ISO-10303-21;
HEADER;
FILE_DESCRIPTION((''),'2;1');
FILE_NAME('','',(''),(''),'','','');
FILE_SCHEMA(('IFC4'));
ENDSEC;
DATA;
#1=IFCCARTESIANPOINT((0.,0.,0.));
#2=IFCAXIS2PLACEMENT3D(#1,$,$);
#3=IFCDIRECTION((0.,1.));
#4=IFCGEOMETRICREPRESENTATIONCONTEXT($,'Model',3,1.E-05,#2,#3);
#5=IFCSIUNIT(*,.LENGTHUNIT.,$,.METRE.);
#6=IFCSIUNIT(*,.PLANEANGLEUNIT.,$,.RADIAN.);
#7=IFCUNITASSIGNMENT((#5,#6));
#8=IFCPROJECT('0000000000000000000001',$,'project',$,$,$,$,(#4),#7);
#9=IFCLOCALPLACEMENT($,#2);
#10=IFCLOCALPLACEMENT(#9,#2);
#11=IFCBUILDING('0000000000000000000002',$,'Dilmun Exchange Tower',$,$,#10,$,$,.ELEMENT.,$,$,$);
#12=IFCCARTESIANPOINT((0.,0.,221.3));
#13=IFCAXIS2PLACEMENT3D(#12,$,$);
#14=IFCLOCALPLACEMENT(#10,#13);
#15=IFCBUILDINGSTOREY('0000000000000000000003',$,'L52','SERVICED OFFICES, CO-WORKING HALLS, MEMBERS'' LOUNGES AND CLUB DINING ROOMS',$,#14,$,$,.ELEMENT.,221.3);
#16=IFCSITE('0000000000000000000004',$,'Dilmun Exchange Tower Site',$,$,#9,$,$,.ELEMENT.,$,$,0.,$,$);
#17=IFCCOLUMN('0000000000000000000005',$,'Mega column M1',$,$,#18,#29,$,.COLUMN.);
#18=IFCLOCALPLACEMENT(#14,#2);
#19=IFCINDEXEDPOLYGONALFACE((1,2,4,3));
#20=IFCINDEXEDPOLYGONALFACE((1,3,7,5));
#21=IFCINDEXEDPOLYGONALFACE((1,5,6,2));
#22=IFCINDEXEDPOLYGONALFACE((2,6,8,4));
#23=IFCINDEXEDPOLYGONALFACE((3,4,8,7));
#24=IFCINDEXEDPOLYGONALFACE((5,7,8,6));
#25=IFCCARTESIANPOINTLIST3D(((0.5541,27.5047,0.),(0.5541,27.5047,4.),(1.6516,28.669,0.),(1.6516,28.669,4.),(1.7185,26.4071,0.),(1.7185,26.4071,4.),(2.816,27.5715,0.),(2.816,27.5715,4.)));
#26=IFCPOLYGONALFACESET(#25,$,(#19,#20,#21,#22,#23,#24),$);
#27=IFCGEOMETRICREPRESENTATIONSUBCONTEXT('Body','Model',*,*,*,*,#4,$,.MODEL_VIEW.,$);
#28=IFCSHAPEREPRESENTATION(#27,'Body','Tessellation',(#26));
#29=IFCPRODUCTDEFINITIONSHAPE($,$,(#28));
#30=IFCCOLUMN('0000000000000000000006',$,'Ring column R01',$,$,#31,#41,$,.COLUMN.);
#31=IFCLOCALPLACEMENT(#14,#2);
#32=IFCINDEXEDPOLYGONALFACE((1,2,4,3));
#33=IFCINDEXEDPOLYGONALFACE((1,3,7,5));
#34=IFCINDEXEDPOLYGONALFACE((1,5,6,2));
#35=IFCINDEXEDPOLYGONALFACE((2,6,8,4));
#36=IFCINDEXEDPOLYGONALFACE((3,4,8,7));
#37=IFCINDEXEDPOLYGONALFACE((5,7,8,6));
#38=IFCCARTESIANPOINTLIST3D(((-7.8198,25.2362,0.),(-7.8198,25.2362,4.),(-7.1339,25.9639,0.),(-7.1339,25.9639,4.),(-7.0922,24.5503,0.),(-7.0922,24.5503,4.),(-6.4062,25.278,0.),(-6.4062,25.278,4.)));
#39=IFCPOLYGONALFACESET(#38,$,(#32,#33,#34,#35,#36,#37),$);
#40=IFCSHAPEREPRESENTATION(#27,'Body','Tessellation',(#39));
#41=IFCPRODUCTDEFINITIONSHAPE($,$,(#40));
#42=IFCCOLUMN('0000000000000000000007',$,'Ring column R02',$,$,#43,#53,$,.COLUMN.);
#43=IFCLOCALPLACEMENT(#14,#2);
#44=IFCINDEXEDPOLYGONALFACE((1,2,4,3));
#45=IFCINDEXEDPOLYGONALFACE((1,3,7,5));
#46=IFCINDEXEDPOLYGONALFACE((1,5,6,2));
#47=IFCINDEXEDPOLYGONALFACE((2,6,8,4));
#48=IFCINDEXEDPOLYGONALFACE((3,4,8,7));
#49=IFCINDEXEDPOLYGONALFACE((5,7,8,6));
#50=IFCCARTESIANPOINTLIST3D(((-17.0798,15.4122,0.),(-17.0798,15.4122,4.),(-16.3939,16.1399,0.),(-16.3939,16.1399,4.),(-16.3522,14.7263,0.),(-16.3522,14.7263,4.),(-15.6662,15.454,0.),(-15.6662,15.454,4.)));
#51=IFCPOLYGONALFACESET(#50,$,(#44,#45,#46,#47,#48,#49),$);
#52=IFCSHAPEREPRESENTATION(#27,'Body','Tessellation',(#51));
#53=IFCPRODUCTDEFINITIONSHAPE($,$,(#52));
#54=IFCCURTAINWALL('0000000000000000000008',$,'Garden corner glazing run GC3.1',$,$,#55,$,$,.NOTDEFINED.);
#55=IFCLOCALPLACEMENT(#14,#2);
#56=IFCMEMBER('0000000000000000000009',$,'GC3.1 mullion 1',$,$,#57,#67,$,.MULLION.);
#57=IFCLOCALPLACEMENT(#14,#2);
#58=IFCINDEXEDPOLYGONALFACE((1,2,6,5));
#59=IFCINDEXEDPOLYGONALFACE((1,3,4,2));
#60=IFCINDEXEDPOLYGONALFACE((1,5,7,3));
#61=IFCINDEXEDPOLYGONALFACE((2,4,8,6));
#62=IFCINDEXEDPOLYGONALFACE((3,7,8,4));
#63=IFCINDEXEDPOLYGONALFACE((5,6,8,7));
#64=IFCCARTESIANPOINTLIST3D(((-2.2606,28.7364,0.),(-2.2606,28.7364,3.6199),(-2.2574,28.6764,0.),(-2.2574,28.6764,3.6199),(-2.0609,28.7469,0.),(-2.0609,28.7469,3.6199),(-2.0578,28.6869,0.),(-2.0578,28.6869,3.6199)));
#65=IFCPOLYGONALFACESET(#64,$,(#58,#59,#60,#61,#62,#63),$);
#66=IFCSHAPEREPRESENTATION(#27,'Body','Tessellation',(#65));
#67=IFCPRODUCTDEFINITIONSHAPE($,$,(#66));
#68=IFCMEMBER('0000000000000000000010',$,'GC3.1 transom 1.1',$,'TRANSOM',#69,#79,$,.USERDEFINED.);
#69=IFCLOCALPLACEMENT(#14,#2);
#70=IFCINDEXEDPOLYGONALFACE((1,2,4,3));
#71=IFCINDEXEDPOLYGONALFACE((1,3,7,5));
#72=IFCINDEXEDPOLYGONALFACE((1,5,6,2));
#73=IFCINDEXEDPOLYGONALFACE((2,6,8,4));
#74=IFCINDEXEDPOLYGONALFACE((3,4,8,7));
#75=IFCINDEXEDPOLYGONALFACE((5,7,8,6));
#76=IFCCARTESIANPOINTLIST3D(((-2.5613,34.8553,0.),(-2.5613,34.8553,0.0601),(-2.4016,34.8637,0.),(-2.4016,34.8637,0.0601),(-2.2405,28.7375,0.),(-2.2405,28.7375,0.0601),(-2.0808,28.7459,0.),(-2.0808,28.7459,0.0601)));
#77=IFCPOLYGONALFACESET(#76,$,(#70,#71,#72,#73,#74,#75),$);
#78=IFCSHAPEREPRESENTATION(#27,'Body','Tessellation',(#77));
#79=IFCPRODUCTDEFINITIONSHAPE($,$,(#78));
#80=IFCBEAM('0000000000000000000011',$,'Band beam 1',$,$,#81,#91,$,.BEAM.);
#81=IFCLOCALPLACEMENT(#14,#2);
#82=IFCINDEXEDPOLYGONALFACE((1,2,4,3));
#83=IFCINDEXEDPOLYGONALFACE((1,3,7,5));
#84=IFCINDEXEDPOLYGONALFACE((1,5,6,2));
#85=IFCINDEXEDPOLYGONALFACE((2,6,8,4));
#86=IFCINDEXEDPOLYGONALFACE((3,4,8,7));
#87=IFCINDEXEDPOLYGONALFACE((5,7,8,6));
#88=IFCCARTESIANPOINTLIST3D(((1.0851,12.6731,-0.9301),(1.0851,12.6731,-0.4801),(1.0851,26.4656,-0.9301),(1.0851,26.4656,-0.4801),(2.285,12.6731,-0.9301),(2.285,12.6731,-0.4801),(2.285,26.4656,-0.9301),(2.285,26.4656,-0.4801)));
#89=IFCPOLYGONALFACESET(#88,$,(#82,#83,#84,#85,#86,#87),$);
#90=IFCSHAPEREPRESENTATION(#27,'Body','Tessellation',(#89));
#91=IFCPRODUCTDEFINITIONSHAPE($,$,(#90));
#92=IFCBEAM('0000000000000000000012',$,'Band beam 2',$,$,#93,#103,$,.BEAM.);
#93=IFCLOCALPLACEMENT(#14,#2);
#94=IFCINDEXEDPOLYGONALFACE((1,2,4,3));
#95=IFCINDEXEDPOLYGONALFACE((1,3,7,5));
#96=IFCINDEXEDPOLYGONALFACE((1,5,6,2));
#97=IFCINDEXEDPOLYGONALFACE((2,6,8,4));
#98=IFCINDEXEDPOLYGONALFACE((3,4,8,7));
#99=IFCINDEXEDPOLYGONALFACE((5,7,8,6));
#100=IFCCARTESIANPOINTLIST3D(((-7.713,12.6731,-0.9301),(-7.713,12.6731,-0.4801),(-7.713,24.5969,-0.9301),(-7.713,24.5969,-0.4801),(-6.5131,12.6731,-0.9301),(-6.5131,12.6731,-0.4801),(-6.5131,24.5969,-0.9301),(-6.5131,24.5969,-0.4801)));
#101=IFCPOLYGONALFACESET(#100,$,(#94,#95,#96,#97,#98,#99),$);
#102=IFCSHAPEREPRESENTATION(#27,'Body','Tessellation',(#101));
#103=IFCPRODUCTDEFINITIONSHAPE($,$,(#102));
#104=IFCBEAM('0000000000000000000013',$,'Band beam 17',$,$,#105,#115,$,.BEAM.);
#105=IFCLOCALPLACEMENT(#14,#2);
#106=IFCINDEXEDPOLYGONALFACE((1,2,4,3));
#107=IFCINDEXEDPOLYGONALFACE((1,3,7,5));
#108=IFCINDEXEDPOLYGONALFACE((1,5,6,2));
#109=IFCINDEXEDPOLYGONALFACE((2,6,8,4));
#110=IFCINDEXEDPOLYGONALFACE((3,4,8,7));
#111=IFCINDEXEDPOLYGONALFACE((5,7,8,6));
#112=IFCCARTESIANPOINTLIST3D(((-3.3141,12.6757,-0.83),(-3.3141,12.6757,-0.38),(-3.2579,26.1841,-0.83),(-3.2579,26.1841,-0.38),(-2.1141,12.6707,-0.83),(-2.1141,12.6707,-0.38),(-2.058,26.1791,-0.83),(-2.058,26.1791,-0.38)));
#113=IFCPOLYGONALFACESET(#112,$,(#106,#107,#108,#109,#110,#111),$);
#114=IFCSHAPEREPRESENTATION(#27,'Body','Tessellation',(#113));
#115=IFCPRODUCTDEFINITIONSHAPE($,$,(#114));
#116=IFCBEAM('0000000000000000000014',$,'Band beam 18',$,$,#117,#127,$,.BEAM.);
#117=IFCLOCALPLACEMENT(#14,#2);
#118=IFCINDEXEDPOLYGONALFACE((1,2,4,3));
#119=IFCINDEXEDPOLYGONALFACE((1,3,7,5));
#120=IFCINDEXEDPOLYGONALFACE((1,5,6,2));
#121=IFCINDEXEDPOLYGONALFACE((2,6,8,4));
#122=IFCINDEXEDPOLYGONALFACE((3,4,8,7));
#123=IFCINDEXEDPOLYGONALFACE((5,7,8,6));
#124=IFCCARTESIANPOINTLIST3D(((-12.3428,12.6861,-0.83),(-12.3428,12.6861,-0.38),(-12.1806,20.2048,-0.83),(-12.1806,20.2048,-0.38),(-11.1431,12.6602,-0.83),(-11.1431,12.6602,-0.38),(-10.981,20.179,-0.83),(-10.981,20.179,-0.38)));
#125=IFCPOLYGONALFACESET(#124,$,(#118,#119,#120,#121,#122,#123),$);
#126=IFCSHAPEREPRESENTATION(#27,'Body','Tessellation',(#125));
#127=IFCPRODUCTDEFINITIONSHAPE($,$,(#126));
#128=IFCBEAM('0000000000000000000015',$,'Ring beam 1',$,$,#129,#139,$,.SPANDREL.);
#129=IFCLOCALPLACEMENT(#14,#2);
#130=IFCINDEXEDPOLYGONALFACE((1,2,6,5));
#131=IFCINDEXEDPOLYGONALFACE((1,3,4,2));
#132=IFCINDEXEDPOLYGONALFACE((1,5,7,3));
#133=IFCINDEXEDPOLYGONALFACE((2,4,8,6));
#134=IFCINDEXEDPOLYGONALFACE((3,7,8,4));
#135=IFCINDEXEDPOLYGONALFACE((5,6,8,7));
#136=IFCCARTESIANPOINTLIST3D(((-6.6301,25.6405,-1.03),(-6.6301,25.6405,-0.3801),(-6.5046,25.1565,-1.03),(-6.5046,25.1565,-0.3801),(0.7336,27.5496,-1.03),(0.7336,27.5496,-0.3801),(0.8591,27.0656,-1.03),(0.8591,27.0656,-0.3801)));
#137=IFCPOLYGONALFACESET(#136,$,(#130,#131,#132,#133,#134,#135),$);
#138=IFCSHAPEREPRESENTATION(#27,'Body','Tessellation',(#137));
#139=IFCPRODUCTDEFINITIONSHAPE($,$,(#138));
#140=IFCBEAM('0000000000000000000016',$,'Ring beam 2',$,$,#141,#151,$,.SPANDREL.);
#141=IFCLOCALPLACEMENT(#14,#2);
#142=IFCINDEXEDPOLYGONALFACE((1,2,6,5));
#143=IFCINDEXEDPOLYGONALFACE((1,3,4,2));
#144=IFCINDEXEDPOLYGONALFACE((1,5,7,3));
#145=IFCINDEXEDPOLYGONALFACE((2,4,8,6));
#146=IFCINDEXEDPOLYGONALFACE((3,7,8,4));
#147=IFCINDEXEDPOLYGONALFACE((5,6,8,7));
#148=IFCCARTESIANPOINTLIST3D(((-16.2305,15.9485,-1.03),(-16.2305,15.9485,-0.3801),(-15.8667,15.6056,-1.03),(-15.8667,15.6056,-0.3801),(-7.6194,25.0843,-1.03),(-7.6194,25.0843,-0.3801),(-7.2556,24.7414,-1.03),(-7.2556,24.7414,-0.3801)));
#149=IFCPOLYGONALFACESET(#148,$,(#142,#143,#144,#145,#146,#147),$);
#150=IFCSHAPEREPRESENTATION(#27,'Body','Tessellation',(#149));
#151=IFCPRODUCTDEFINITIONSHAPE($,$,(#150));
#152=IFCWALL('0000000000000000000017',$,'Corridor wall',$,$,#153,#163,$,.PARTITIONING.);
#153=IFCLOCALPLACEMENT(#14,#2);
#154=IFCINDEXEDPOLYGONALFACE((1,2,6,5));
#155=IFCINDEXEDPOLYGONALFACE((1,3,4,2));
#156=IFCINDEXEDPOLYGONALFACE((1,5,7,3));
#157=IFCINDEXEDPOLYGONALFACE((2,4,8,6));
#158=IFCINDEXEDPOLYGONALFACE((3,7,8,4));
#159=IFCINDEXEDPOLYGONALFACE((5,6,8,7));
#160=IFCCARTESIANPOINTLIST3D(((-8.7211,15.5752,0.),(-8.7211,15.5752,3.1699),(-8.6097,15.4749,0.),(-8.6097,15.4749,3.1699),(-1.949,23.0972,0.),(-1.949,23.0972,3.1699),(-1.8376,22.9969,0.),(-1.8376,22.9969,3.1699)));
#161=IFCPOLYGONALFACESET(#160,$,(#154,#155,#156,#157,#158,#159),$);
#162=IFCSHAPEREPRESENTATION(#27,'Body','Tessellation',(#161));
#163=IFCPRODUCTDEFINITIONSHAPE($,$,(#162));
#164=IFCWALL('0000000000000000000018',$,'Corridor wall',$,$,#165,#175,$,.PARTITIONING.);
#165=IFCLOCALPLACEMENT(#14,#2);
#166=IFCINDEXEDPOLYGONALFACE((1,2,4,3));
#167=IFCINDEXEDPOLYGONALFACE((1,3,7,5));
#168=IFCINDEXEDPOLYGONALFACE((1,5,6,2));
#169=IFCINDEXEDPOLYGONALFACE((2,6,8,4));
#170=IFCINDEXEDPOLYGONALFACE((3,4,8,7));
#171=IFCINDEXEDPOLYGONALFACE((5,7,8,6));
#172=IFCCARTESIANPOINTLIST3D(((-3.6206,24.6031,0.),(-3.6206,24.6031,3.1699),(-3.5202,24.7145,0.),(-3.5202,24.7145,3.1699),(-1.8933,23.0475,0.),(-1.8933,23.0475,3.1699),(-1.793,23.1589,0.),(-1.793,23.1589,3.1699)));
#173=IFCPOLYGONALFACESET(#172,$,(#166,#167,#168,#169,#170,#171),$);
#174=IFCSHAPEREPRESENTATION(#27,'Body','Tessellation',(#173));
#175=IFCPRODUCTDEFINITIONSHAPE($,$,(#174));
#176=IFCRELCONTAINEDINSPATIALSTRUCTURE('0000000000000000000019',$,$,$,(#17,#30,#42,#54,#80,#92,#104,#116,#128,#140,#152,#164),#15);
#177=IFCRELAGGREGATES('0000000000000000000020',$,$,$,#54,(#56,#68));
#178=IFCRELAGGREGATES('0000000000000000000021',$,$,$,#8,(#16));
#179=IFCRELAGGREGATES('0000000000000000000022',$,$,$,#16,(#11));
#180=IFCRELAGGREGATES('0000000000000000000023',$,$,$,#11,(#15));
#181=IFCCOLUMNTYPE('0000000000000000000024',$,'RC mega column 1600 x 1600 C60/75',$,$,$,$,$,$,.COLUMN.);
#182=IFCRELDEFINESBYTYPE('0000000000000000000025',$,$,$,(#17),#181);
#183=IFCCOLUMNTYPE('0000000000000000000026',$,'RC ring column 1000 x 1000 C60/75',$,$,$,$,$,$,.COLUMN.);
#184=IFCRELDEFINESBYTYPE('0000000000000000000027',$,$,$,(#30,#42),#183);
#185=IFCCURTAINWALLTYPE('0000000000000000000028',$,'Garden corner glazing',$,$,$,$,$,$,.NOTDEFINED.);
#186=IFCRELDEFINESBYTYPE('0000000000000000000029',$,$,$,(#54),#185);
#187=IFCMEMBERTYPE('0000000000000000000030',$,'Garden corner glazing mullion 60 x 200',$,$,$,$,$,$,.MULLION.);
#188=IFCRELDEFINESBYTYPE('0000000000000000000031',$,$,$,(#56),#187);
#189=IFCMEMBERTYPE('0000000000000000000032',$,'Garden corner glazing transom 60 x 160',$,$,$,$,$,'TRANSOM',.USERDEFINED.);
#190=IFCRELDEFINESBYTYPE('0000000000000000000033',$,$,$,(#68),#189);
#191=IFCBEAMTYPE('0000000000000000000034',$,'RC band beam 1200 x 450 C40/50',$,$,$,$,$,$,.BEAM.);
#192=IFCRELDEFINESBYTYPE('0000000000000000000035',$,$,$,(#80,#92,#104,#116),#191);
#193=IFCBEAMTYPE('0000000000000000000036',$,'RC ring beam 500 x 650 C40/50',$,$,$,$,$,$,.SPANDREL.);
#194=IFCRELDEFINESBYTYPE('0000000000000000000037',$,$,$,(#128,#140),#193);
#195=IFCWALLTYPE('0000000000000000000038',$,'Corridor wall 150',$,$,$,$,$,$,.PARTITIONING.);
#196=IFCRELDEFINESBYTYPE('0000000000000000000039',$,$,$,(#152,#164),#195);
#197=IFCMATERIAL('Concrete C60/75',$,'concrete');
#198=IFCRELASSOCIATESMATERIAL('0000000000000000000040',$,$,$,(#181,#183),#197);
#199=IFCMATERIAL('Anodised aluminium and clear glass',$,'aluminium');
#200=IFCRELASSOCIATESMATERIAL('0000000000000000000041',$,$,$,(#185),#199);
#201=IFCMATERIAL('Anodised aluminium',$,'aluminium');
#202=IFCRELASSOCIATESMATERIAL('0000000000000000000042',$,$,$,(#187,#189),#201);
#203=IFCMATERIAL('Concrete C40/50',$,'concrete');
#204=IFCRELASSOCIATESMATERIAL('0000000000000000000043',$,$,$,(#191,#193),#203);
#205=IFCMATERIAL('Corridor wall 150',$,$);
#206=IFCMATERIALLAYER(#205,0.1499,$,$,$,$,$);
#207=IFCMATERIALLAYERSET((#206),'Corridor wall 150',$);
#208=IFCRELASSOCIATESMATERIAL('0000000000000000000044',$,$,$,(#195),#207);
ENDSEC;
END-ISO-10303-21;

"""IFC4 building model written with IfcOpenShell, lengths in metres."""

from ifc_helpers import new_model, si_unit, direction, frame, frame_2d, origin, origin_2d, place, context, subcontext, project, spatial, rectangle, extrude, material, layer, layer_set, material_profile, profile_set, type_object, element, aggregate, save


model = new_model("IFC4")

# Units and contexts
model_context = context("Model", 3, precision=1e-05, world=origin(), true_north=direction((0.0, 1.0)))
body_context = subcontext(model_context, "Body", "Model", "MODEL_VIEW")
ifc_project = project(units=[si_unit("LENGTHUNIT", "METRE"), si_unit("PLANEANGLEUNIT", "RADIAN")], contexts=[model_context])

# Site, building, storey
site_placement = place(None, origin())
site = spatial("IfcSite", under=ifc_project, at=site_placement, Name="Dilmun Exchange Tower Site", CompositionType="ELEMENT", RefElevation=0.0)
building_placement = place(site_placement, origin())
building = spatial("IfcBuilding", under=site, at=building_placement, Name="Dilmun Exchange Tower", CompositionType="ELEMENT")
storey_placement = place(building_placement, frame((0.0, 0.0, 221.3)))
storey = spatial("IfcBuildingStorey", under=building, at=storey_placement, Name="L52", Description="SERVICED OFFICES, CO-WORKING HALLS, MEMBERS' LOUNGES AND CLUB DINING ROOMS", CompositionType="ELEMENT", Elevation=221.3)

# Columns
ifc_material_1 = material(Name="Concrete C60/75", Category="concrete")
ifc_material_profile_1 = material_profile(ifc_material_1, rectangle(XDim=1.6001, YDim=1.6001, at=origin_2d()), Name="1600 x 1600")
ifc_profile_set_1 = profile_set([ifc_material_profile_1], Name="Concrete C60/75")
column_type_1 = type_object("IfcColumnType", Name="RC mega column 1600 x 1600 C60/75", PredefinedType="COLUMN", material=ifc_profile_set_1)
column_placement = place(storey_placement, frame((1.6851, 27.5381, 0.0), z_axis=(0.0, 0.0, 1.0), x_axis=(0.685916, 0.727681, 0.0)))
element("IfcColumn", 1, at=column_placement, inside=storey, type_object=column_type_1, Name="Mega column M1", PredefinedType="COLUMN", context=body_context, shape_type="SweptSolid", body=[
    extrude(rectangle(XDim=1.6001, YDim=1.6001, at=origin_2d()), origin(), (0.0, 0.0, 1.0), 4.0),
])
ifc_material_profile_2 = material_profile(ifc_material_1, rectangle(XDim=1.0, YDim=1.0, at=origin_2d()), Name="1000 x 1000")
ifc_profile_set_2 = profile_set([ifc_material_profile_2], Name="Concrete C60/75")
column_type_2 = type_object("IfcColumnType", Name="RC ring column 1000 x 1000 C60/75", PredefinedType="COLUMN", material=ifc_profile_set_2)
for number, where, z_axis, x_axis, name in (
    (2, (-7.113, 25.2571, 0.0), (0.0, 0.0, 1.0), (0.685916, 0.727681, 0.0), "Ring column R01"),
    (3, (-16.373, 15.4331, 0.0), (0.0, 0.0, 1.0), (0.685916, 0.727681, 0.0), "Ring column R02"),
):
    element("IfcColumn", number, at=place(storey_placement, frame(where, z_axis=z_axis, x_axis=x_axis)), inside=storey, type_object=column_type_2, Name=name, PredefinedType="COLUMN", context=body_context, shape_type="SweptSolid", body=[
        extrude(rectangle(XDim=1.0, YDim=1.0, at=origin_2d()), origin(), (0.0, 0.0, 1.0), 4.0),
    ])

# Curtain wall, members
ifc_material_2 = material(Name="Anodised aluminium and clear glass", Category="aluminium")
curtain_wall_type = type_object("IfcCurtainWallType", Name="Garden corner glazing", PredefinedType="NOTDEFINED", material=ifc_material_2)
curtain_wall_placement = place(storey_placement, origin())
curtain_wall = element("IfcCurtainWall", 4, at=curtain_wall_placement, inside=storey, type_object=curtain_wall_type, Name="Garden corner glazing run GC3.1", PredefinedType="NOTDEFINED")
ifc_material_3 = material(Name="Anodised aluminium", Category="aluminium")
ifc_material_profile_3 = material_profile(ifc_material_3, rectangle(XDim=0.2, YDim=0.0601, at=origin_2d()), Name="AL 60x200")
ifc_profile_set_3 = profile_set([ifc_material_profile_3], Name="Anodised aluminium")
member_type_1 = type_object("IfcMemberType", Name="Garden corner glazing mullion 60 x 200", PredefinedType="MULLION", material=ifc_profile_set_3)
member_1_placement = place(storey_placement, frame((-2.1592, 28.7117, 0.0), z_axis=(0.0, 0.0, 1.0), x_axis=(-0.99863, -0.052334, 0.0)))
member_1 = element("IfcMember", 5, at=member_1_placement, type_object=member_type_1, Name="GC3.1 mullion 1", PredefinedType="MULLION", context=body_context, shape_type="SweptSolid", body=[
    extrude(rectangle(XDim=0.2, YDim=0.0601, at=origin_2d()), origin(), (0.0, 0.0, 1.0), 3.6199),
])
ifc_material_profile_4 = material_profile(ifc_material_3, rectangle(XDim=0.1599, YDim=0.0601, at=origin_2d()), Name="AL 60x160")
ifc_profile_set_4 = profile_set([ifc_material_profile_4], Name="Anodised aluminium")
member_type_2 = type_object("IfcMemberType", Name="Garden corner glazing transom 60 x 160", ElementType="TRANSOM", PredefinedType="USERDEFINED", material=ifc_profile_set_4)
member_2_placement = place(storey_placement, frame((-2.1606, 28.7417, 0.03), z_axis=(-0.052364, 0.998628, 0.0), x_axis=(-0.998628, -0.052364, 0.0)))
member_2 = element("IfcMember", 6, at=member_2_placement, type_object=member_type_2, Name="GC3.1 transom 1.1", ObjectType="TRANSOM", PredefinedType="USERDEFINED", context=body_context, shape_type="SweptSolid", body=[
    extrude(rectangle(XDim=0.1599, YDim=0.0601, at=origin_2d()), origin(), (0.0, 0.0, 1.0), 6.1262),
])
aggregate(curtain_wall, [member_1, member_2])

# Beams
ifc_material_4 = material(Name="Concrete C40/50", Category="concrete")
ifc_material_profile_5 = material_profile(ifc_material_4, rectangle(XDim=1.2, YDim=0.45, at=origin_2d()), Name="1200 x 450")
ifc_profile_set_5 = profile_set([ifc_material_profile_5], Name="Concrete C40/50")
beam_type_1 = type_object("IfcBeamType", Name="RC band beam 1200 x 450 C40/50", PredefinedType="BEAM", material=ifc_profile_set_5)
beam_1_placement = place(storey_placement, frame((1.6851, 26.4656, -0.7051), z_axis=(0.0, -1.0, 0.0), x_axis=(1.0, 0.0, 0.0)))
element("IfcBeam", 7, at=beam_1_placement, inside=storey, type_object=beam_type_1, Name="Band beam 1", PredefinedType="BEAM", context=body_context, shape_type="SweptSolid", body=[
    extrude(rectangle(XDim=1.2, YDim=0.45, at=origin_2d()), origin(), (0.0, 0.0, 1.0), 13.7925),
])
beam_2_placement = place(storey_placement, frame((-7.113, 24.5969, -0.7051), z_axis=(0.0, -1.0, 0.0), x_axis=(1.0, 0.0, 0.0)))
element("IfcBeam", 8, at=beam_2_placement, inside=storey, type_object=beam_type_1, Name="Band beam 2", PredefinedType="BEAM", context=body_context, shape_type="SweptSolid", body=[
    extrude(rectangle(XDim=1.2, YDim=0.45, at=origin_2d()), origin(), (0.0, 0.0, 1.0), 11.9238),
])
beam_3_placement = place(storey_placement, frame((-2.658, 26.1816, -0.605), z_axis=(-0.004157, -0.999991, 0.0), x_axis=(0.999991, -0.004157, 0.0)))
element("IfcBeam", 9, at=beam_3_placement, inside=storey, type_object=beam_type_1, Name="Band beam 17", PredefinedType="BEAM", context=body_context, shape_type="SweptSolid", body=[
    extrude(rectangle(XDim=1.2, YDim=0.45, at=origin_2d()), origin(), (0.0, 0.0, 1.0), 13.5085),
])
beam_4_placement = place(storey_placement, frame((-11.5808, 20.1919, -0.605), z_axis=(-0.021556, -0.999768, 0.0), x_axis=(0.999768, -0.021556, 0.0)))
element("IfcBeam", 10, at=beam_4_placement, inside=storey, type_object=beam_type_1, Name="Band beam 18", PredefinedType="BEAM", context=body_context, shape_type="SweptSolid", body=[
    extrude(rectangle(XDim=1.2, YDim=0.45, at=origin_2d()), origin(), (0.0, 0.0, 1.0), 7.5205),
])
ifc_material_profile_6 = material_profile(ifc_material_4, rectangle(XDim=0.5, YDim=0.6499, at=origin_2d()), Name="500 x 650")
ifc_profile_set_6 = profile_set([ifc_material_profile_6], Name="Concrete C40/50")
beam_type_2 = type_object("IfcBeamType", Name="RC ring beam 500 x 650 C40/50", PredefinedType="SPANDREL", material=ifc_profile_set_6)
beam_5_placement = place(storey_placement, frame((0.7964, 27.3076, -0.7051), z_axis=(-0.967995, -0.250969, 0.0), x_axis=(0.250969, -0.967995, 0.0)))
element("IfcBeam", 11, at=beam_5_placement, inside=storey, type_object=beam_type_2, Name="Ring beam 1", PredefinedType="SPANDREL", context=body_context, shape_type="SweptSolid", body=[
    extrude(rectangle(XDim=0.5, YDim=0.6499, at=origin_2d()), origin(), (0.0, 0.0, 1.0), 7.6072),
])
beam_6_placement = place(storey_placement, frame((-7.4375, 24.9128, -0.7051), z_axis=(-0.685903, -0.727693, 0.0), x_axis=(0.727693, -0.685903, 0.0)))
element("IfcBeam", 12, at=beam_6_placement, inside=storey, type_object=beam_type_2, Name="Ring beam 2", PredefinedType="SPANDREL", context=body_context, shape_type="SweptSolid", body=[
    extrude(rectangle(XDim=0.5, YDim=0.6499, at=origin_2d()), origin(), (0.0, 0.0, 1.0), 12.5544),
])

# Walls
ifc_material_5 = material(Name="Corridor wall 150")
ifc_layer_1 = layer(ifc_material_5, 0.1499)
ifc_layer_set_1 = layer_set([ifc_layer_1], Name="Corridor wall 150")
wall_type_1 = type_object("IfcWallType", Name="Corridor wall 150", PredefinedType="PARTITIONING", material=ifc_layer_set_1)
wall_1_placement = place(storey_placement, frame((-8.6653, 15.5251, 0.0), z_axis=(0.0, 0.0, 1.0), x_axis=(0.669085, 0.743186, 0.0)))
element("IfcWall", 13, at=wall_1_placement, inside=storey, type_object=wall_type_1, Name="Corridor wall", PredefinedType="PARTITIONING", context=body_context, shape_type="SweptSolid", body=[
    extrude(rectangle(XDim=10.1213, YDim=0.1499, at=frame_2d((5.0605, 0.0))), origin(), (0.0, 0.0, 1.0), 3.1699),
])
wall_2_placement = place(storey_placement, frame((-3.5703, 24.6587, 0.0), z_axis=(0.0, 0.0, 1.0), x_axis=(0.743059, -0.669226, 0.0)))
element("IfcWall", 14, at=wall_2_placement, inside=storey, type_object=wall_type_1, Name="Corridor wall", PredefinedType="PARTITIONING", context=body_context, shape_type="SweptSolid", body=[
    extrude(rectangle(XDim=2.3245, YDim=0.1499, at=frame_2d((1.1621, 0.0))), origin(), (0.0, 0.0, 1.0), 3.1699),
])

save(model, "model.ifc")
